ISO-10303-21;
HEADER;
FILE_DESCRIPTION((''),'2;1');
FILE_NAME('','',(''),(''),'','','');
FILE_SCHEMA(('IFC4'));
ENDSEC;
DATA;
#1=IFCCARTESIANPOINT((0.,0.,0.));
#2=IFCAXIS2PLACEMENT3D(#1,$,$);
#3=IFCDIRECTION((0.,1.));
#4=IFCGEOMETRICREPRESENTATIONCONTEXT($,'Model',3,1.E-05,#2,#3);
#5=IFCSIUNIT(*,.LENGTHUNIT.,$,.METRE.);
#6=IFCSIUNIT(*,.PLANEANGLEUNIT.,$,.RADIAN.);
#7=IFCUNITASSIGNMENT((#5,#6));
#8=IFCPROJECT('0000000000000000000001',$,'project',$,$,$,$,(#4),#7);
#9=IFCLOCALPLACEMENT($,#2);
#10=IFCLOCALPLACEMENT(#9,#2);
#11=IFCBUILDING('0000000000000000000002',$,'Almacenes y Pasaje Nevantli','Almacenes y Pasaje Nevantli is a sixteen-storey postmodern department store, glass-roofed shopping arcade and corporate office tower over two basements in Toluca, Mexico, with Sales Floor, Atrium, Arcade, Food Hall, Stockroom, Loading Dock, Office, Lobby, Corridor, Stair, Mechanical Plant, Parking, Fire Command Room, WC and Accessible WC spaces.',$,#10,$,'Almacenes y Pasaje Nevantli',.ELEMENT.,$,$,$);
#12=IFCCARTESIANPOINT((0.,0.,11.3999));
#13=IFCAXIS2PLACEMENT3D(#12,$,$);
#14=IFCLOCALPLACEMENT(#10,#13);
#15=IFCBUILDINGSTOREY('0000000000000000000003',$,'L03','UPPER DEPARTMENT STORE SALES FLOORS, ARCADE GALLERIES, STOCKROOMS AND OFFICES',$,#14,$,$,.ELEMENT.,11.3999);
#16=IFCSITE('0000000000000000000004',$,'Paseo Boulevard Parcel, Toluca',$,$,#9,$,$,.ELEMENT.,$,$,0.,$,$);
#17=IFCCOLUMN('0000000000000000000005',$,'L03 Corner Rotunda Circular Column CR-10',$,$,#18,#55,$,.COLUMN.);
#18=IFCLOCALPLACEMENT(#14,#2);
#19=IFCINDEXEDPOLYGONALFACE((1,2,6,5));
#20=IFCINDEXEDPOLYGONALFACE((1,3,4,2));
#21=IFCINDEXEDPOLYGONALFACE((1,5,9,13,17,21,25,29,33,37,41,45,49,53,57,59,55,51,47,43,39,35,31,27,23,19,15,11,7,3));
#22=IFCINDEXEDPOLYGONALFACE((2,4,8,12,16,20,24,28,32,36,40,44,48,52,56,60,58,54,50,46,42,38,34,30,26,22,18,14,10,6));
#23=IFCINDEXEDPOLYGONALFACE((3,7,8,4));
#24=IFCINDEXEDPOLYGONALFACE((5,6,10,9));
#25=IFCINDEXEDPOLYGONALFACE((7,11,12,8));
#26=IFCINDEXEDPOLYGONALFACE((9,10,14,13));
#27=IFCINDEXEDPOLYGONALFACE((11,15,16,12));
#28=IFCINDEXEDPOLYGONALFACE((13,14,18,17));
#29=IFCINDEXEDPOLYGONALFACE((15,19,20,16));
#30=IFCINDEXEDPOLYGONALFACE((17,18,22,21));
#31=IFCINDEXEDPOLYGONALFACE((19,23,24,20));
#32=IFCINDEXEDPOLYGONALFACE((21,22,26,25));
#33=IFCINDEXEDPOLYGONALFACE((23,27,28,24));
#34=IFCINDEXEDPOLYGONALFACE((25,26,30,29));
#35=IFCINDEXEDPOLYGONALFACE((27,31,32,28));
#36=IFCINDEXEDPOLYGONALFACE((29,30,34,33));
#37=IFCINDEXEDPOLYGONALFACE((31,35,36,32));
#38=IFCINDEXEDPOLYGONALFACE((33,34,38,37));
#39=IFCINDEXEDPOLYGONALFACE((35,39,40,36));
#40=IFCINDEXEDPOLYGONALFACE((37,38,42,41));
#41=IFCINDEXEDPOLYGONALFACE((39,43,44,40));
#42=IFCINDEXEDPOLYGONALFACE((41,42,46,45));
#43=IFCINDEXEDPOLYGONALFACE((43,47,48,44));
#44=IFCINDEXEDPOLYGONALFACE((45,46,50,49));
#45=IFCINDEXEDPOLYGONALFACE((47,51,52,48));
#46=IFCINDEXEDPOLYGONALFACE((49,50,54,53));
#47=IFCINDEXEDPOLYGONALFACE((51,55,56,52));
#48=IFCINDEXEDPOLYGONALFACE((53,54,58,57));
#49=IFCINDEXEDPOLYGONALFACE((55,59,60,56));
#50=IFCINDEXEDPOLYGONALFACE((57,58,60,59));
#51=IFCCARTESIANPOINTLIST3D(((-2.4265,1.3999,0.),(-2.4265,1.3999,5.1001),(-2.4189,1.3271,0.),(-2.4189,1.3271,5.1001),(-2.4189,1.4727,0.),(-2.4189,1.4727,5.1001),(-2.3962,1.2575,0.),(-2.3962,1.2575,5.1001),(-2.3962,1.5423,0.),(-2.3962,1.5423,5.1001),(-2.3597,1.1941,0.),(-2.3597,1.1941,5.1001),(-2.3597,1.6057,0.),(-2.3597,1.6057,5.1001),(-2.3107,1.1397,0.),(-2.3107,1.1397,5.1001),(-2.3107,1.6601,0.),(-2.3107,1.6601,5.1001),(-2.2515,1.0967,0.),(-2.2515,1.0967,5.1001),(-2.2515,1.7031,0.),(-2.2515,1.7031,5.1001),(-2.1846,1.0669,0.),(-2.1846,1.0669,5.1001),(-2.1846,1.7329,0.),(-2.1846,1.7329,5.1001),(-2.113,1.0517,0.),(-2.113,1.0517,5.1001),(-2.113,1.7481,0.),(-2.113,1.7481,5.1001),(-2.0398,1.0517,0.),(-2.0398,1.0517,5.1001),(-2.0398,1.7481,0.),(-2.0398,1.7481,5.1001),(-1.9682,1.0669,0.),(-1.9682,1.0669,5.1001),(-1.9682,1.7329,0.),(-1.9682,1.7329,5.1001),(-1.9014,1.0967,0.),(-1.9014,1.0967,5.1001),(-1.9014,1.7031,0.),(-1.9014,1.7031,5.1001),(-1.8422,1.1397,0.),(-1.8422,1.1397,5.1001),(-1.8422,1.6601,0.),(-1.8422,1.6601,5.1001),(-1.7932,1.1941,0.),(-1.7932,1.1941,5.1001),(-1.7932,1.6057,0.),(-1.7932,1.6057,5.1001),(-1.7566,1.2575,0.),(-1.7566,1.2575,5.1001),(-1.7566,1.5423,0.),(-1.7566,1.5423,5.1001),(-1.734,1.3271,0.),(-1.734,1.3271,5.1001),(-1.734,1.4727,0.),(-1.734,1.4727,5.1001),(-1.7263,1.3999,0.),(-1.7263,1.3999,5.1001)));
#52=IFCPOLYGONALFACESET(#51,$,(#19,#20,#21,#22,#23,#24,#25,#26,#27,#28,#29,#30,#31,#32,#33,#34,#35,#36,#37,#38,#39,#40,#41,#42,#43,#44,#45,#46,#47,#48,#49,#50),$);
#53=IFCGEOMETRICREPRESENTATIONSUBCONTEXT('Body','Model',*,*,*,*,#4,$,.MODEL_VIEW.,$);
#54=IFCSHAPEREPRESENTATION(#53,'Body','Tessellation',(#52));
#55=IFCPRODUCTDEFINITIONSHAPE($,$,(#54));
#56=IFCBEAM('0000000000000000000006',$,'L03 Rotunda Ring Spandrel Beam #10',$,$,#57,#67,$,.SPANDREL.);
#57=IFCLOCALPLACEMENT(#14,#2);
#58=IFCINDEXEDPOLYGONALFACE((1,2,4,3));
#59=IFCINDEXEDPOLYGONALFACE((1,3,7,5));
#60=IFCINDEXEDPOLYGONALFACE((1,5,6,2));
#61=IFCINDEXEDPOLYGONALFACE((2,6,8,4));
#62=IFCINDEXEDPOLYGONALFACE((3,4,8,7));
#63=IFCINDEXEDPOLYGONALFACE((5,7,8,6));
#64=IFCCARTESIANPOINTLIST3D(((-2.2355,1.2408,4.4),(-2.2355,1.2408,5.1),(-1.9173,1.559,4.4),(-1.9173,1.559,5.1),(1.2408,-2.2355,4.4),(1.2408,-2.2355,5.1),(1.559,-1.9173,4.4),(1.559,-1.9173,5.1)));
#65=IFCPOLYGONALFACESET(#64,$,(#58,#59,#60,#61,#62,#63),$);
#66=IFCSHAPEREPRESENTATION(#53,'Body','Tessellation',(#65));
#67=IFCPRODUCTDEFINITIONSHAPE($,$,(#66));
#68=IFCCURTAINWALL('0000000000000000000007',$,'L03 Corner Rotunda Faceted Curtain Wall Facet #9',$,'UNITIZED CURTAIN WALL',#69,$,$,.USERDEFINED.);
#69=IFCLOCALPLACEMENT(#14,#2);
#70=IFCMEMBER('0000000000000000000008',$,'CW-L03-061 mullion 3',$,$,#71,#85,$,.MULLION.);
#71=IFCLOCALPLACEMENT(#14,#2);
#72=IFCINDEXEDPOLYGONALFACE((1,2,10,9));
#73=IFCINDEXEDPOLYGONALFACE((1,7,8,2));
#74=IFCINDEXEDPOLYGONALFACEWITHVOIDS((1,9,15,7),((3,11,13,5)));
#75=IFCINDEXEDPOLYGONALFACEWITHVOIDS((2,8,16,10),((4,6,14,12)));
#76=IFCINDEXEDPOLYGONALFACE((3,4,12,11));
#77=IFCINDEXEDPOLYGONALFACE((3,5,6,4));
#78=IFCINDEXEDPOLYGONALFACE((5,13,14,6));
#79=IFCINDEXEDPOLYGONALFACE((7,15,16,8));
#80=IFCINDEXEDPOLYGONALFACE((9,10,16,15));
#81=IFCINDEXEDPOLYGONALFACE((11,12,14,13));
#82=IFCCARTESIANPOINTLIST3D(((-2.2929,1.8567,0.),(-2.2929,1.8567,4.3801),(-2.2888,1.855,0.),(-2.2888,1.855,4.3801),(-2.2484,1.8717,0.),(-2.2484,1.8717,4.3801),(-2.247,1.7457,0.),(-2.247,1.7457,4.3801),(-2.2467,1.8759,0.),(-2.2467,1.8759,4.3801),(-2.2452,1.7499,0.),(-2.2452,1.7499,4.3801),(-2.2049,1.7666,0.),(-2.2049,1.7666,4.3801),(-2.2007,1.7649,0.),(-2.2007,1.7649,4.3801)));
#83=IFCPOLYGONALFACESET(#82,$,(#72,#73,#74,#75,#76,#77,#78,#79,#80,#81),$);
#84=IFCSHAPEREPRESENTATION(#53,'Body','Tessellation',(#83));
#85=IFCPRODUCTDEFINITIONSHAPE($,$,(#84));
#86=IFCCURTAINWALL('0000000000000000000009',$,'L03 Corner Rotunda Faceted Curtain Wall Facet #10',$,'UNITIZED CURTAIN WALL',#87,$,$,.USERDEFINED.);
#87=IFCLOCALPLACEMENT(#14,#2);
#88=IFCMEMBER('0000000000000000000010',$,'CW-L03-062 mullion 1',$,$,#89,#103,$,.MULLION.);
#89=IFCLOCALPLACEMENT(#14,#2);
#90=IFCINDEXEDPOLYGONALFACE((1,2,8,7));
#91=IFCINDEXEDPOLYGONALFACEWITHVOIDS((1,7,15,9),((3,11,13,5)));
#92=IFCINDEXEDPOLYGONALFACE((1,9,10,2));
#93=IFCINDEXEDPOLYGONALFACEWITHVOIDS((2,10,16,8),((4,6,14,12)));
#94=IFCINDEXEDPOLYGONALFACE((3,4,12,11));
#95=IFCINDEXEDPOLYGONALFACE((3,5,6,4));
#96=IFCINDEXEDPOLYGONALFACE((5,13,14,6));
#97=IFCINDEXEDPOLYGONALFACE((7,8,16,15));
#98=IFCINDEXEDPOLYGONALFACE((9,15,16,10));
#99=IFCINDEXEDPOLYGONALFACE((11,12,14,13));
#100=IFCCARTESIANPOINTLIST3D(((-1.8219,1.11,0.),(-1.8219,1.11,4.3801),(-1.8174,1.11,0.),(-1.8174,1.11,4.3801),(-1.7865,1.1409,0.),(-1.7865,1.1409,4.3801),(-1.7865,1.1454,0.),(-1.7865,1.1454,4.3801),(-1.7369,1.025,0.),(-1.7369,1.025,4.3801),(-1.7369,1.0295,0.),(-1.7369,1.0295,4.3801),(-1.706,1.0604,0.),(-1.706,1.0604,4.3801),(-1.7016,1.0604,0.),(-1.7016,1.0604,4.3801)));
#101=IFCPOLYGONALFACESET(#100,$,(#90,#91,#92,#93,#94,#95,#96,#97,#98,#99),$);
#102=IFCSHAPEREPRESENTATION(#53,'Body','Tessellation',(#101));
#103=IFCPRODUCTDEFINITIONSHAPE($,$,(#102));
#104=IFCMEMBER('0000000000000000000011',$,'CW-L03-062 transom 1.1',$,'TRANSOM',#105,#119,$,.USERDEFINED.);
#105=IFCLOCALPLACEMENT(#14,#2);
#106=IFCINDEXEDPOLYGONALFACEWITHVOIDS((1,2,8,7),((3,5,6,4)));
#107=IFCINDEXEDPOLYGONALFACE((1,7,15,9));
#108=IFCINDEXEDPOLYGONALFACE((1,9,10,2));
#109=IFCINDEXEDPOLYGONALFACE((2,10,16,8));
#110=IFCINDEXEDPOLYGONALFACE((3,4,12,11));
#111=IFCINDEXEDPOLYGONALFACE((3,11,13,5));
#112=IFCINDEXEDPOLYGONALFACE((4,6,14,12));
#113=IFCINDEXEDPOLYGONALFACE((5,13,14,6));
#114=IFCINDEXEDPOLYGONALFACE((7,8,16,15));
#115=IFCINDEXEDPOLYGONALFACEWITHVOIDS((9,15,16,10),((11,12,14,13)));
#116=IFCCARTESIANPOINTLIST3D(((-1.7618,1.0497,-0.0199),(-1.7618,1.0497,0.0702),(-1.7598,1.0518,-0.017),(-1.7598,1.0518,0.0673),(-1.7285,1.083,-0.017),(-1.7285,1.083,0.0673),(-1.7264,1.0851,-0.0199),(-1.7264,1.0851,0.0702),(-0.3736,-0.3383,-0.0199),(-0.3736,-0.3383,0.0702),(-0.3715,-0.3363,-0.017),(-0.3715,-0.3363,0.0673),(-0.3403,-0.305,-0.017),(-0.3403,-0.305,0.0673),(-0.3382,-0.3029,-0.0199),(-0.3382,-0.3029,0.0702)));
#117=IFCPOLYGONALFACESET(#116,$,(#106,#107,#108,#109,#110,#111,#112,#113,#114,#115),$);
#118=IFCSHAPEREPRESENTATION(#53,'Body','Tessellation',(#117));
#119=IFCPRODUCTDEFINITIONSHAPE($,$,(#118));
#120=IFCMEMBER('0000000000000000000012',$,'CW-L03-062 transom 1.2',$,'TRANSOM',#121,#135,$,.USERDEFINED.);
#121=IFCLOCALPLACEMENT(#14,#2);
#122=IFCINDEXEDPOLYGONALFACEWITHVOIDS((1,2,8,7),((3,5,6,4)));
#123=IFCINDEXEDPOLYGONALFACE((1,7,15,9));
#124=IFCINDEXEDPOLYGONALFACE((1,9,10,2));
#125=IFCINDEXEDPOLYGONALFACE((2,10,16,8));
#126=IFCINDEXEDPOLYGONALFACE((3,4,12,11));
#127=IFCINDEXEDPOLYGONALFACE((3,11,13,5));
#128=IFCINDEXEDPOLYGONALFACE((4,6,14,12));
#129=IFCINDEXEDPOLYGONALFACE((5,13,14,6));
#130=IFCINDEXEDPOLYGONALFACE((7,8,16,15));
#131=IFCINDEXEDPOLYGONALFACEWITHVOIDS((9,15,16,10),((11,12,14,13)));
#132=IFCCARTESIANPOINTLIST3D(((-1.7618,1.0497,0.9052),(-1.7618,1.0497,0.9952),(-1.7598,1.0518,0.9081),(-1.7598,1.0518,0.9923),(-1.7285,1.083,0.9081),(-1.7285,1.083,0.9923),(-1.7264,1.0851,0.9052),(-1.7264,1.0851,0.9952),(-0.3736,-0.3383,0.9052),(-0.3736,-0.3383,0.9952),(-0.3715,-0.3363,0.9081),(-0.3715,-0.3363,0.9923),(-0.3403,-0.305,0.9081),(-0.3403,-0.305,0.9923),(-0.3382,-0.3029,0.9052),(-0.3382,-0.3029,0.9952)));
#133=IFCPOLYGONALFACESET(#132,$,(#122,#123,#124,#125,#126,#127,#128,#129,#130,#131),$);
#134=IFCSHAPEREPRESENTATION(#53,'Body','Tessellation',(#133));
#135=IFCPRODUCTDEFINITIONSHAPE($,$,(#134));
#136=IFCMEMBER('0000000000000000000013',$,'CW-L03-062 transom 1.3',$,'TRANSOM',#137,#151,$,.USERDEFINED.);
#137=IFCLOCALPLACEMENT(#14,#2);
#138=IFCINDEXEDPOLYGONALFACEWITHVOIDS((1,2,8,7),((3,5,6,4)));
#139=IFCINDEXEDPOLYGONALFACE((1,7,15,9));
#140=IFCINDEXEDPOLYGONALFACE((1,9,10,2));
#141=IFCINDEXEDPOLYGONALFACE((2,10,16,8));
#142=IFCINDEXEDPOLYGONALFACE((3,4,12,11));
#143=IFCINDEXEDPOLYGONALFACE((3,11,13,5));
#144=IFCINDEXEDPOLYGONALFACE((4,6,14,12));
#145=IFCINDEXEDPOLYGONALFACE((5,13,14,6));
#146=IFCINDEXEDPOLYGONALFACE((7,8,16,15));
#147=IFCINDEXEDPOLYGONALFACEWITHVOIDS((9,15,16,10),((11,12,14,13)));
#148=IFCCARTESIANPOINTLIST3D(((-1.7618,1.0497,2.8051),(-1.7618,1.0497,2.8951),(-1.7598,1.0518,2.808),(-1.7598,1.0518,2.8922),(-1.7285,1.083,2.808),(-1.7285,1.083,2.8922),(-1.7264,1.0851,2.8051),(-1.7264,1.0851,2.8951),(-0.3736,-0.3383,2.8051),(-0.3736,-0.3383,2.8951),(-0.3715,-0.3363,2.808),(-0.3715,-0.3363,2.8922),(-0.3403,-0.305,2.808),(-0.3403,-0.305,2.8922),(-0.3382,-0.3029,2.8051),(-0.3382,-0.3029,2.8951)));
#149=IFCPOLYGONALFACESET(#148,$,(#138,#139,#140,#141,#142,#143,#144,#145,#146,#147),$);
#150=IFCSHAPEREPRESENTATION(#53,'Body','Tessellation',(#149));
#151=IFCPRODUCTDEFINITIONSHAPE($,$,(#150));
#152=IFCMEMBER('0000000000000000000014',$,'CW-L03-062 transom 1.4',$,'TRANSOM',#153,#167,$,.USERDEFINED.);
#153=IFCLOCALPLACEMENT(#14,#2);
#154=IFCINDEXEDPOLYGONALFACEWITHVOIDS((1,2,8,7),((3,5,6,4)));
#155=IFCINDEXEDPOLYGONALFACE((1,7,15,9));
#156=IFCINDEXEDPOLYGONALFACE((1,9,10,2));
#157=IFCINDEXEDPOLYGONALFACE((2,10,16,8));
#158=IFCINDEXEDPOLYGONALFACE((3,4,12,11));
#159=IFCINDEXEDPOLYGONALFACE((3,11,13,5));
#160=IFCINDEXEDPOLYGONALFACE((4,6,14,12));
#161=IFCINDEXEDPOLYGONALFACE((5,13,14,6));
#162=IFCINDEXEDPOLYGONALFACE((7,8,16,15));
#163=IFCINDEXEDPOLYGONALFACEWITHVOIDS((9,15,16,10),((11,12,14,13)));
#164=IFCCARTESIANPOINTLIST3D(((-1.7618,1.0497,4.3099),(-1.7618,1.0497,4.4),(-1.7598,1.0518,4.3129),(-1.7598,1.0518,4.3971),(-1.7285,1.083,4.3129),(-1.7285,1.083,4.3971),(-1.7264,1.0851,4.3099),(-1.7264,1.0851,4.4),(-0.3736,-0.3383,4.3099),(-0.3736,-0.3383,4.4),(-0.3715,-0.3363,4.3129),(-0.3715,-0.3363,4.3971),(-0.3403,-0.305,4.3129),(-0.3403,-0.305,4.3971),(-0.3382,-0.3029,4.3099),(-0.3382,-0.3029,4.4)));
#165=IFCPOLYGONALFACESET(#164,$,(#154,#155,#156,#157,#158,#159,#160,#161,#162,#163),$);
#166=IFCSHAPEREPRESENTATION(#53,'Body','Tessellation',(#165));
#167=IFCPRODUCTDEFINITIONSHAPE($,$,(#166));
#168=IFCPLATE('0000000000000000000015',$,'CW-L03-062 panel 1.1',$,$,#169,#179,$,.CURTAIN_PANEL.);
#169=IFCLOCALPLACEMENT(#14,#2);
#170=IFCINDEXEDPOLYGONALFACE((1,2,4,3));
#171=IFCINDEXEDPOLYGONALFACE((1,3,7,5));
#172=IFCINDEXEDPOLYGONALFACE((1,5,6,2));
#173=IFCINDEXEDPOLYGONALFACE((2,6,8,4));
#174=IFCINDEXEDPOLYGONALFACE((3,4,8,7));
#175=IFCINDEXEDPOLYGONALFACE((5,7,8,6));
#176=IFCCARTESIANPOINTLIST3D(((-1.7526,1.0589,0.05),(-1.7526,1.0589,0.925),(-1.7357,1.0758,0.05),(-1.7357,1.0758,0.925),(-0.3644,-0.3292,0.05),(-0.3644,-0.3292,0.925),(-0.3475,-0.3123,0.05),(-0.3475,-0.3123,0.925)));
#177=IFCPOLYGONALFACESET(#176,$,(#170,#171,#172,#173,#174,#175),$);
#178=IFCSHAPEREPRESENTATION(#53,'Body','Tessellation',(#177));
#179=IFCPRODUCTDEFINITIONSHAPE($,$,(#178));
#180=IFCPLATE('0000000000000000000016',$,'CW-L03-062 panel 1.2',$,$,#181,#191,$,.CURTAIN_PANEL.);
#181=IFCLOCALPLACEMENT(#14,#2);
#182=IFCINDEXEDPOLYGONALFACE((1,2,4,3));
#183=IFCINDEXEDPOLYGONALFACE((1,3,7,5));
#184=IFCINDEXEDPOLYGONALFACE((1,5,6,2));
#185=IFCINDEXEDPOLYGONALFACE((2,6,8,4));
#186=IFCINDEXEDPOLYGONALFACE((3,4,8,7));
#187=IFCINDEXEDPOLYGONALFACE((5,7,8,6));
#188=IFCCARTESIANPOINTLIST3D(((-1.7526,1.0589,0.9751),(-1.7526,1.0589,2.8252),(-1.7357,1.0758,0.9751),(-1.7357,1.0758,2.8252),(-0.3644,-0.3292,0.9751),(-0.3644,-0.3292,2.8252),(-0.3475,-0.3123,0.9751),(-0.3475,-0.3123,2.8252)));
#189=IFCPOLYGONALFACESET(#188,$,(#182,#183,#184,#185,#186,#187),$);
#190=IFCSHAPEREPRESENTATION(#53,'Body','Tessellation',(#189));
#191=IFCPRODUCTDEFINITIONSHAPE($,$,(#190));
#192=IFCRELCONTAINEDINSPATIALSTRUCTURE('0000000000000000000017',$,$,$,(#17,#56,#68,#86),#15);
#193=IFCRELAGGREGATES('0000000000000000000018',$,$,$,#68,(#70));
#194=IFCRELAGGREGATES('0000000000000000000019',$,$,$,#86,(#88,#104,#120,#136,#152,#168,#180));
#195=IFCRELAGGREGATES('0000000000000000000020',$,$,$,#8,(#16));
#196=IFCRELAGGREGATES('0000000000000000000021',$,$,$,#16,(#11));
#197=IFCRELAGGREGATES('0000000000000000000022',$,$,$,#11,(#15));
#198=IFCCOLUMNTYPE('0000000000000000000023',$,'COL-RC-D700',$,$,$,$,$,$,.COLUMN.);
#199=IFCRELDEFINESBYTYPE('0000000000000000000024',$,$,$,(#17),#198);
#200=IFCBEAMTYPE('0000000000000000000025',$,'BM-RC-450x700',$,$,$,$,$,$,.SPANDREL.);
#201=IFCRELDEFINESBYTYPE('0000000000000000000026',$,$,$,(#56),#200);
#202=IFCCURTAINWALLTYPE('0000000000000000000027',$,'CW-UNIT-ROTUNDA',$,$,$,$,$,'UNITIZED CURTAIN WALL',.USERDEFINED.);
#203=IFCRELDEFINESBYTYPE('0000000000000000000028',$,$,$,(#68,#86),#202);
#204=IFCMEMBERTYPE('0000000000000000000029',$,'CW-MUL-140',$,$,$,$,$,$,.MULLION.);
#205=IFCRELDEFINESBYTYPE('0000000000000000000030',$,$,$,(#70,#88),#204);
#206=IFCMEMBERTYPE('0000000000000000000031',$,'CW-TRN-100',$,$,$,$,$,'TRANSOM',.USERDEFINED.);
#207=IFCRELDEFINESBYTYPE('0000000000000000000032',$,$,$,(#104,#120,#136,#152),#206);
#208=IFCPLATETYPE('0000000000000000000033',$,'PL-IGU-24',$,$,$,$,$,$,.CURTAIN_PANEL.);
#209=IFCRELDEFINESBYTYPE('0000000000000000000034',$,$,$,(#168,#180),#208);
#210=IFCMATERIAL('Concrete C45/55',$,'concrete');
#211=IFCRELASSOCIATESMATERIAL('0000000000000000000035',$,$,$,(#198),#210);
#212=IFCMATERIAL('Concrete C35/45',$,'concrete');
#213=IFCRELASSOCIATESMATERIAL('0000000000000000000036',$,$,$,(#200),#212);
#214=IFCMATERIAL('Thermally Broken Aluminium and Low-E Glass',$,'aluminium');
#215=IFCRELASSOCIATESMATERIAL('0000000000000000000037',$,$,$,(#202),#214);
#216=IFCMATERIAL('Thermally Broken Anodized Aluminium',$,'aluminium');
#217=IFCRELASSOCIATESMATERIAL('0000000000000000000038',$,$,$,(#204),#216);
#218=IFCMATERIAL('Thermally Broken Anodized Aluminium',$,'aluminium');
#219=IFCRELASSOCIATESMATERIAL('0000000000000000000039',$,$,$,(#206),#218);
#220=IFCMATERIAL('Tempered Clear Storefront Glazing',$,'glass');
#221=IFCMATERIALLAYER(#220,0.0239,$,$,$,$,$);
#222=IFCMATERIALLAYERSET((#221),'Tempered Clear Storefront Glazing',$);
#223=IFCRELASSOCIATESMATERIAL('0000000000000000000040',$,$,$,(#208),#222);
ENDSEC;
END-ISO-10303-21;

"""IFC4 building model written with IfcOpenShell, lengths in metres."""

from ifc_helpers import new_model, si_unit, direction, frame, origin, origin_2d, place, context, subcontext, project, spatial, rectangle, hollow_rectangle, circle, extrude, material, layer, layer_set, material_profile, profile_set, type_object, element, aggregate, save


model = new_model("IFC4")

# Units and contexts
model_context = context("Model", 3, precision=1e-05, world=origin(), true_north=direction((0.0, 1.0)))
body_context = subcontext(model_context, "Body", "Model", "MODEL_VIEW")
ifc_project = project(units=[si_unit("LENGTHUNIT", "METRE"), si_unit("PLANEANGLEUNIT", "RADIAN")], contexts=[model_context])

# Site, building, storey
site_placement = place(None, origin())
site = spatial("IfcSite", under=ifc_project, at=site_placement, Name="Paseo Boulevard Parcel, Toluca", CompositionType="ELEMENT", RefElevation=0.0)
building_placement = place(site_placement, origin())
building = spatial("IfcBuilding", under=site, at=building_placement, Name="Almacenes y Pasaje Nevantli", Description="Almacenes y Pasaje Nevantli is a sixteen-storey postmodern department store, glass-roofed shopping arcade and corporate office tower over two basements in Toluca, Mexico, with Sales Floor, Atrium, Arcade, Food Hall, Stockroom, Loading Dock, Office, Lobby, Corridor, Stair, Mechanical Plant, Parking, Fire Command Room, WC and Accessible WC spaces.", LongName="Almacenes y Pasaje Nevantli", CompositionType="ELEMENT")
storey_placement = place(building_placement, frame((0.0, 0.0, 11.3999)))
storey = spatial("IfcBuildingStorey", under=building, at=storey_placement, Name="L03", Description="UPPER DEPARTMENT STORE SALES FLOORS, ARCADE GALLERIES, STOCKROOMS AND OFFICES", CompositionType="ELEMENT", Elevation=11.3999)

# Column
ifc_material_1 = material(Name="Concrete C45/55", Category="concrete")
ifc_material_profile_1 = material_profile(ifc_material_1, circle(Radius=0.3501, at=origin_2d()), Name="RC-COL-D700")
ifc_profile_set_1 = profile_set([ifc_material_profile_1], Name="Concrete C45/55")
column_type = type_object("IfcColumnType", Name="COL-RC-D700", PredefinedType="COLUMN", material=ifc_profile_set_1)
column_placement = place(storey_placement, frame((-2.0764, 1.3999, 0.0), z_axis=(0.0, 0.0, 1.0), x_axis=(1.0, 0.0, 0.0)))
element("IfcColumn", 1, at=column_placement, inside=storey, type_object=column_type, Name="L03 Corner Rotunda Circular Column CR-10", PredefinedType="COLUMN", context=body_context, shape_type="SweptSolid", body=[
    extrude(circle(Radius=0.3501, at=origin_2d()), origin(), (0.0, 0.0, 1.0), 5.1001),
])

# Beam
ifc_material_2 = material(Name="Concrete C35/45", Category="concrete")
ifc_material_profile_2 = material_profile(ifc_material_2, rectangle(XDim=0.45, YDim=0.7, at=origin_2d()), Name="RC-BM-450x700")
ifc_profile_set_2 = profile_set([ifc_material_profile_2], Name="Concrete C35/45")
beam_type = type_object("IfcBeamType", Name="BM-RC-450x700", PredefinedType="SPANDREL", material=ifc_profile_set_2)
beam_placement = place(storey_placement, frame((-2.0764, 1.3999, 4.75), z_axis=(0.707107, -0.707107, 0.0), x_axis=(0.707107, 0.707107, 0.0)))
element("IfcBeam", 2, at=beam_placement, inside=storey, type_object=beam_type, Name="L03 Rotunda Ring Spandrel Beam #10", PredefinedType="SPANDREL", context=body_context, shape_type="SweptSolid", body=[
    extrude(rectangle(XDim=0.45, YDim=0.7, at=origin_2d()), origin(), (0.0, 0.0, 1.0), 4.9163),
])

# Curtain wall, member
ifc_material_3 = material(Name="Thermally Broken Aluminium and Low-E Glass", Category="aluminium")
curtain_wall_type = type_object("IfcCurtainWallType", Name="CW-UNIT-ROTUNDA", ElementType="UNITIZED CURTAIN WALL", PredefinedType="USERDEFINED", material=ifc_material_3)
curtain_wall_1_placement = place(storey_placement, origin())
curtain_wall_1 = element("IfcCurtainWall", 3, at=curtain_wall_1_placement, inside=storey, type_object=curtain_wall_type, Name="L03 Corner Rotunda Faceted Curtain Wall Facet #9", ObjectType="UNITIZED CURTAIN WALL", PredefinedType="USERDEFINED")
ifc_material_4 = material(Name="Thermally Broken Anodized Aluminium", Category="aluminium")
ifc_material_profile_3 = material_profile(ifc_material_4, hollow_rectangle(XDim=0.05, YDim=0.1201, WallThickness=0.0032, at=origin_2d()), Name="ALU-MUL-50x120")
ifc_profile_set_3 = profile_set([ifc_material_profile_3], Name="Thermally Broken Anodized Aluminium")
member_type_1 = type_object("IfcMemberType", Name="CW-MUL-140", PredefinedType="MULLION", material=ifc_profile_set_3)
member_1_placement = place(storey_placement, frame((-2.2468, 1.8108, 0.0), z_axis=(0.0, 0.0, 1.0), x_axis=(0.923873, 0.382698, 0.0)))
member_1 = element("IfcMember", 4, at=member_1_placement, type_object=member_type_1, Name="CW-L03-061 mullion 3", PredefinedType="MULLION", context=body_context, shape_type="SweptSolid", body=[
    extrude(hollow_rectangle(XDim=0.05, YDim=0.1201, WallThickness=0.0032, at=origin_2d()), origin(), (0.0, 0.0, 1.0), 4.3801),
])
aggregate(curtain_wall_1, [member_1])

# Curtain wall, members, plates
curtain_wall_2_placement = place(storey_placement, origin())
curtain_wall_2 = element("IfcCurtainWall", 5, at=curtain_wall_2_placement, inside=storey, type_object=curtain_wall_type, Name="L03 Corner Rotunda Faceted Curtain Wall Facet #10", ObjectType="UNITIZED CURTAIN WALL", PredefinedType="USERDEFINED")
member_2_placement = place(storey_placement, frame((-1.7617, 1.0852, 0.0), z_axis=(0.0, 0.0, 1.0), x_axis=(0.707107, 0.707107, 0.0)))
member_2 = element("IfcMember", 6, at=member_2_placement, type_object=member_type_1, Name="CW-L03-062 mullion 1", PredefinedType="MULLION", context=body_context, shape_type="SweptSolid", body=[
    extrude(hollow_rectangle(XDim=0.05, YDim=0.1201, WallThickness=0.0032, at=origin_2d()), origin(), (0.0, 0.0, 1.0), 4.3801),
])
ifc_material_5 = material(Name="Thermally Broken Anodized Aluminium", Category="aluminium")
ifc_material_profile_4 = material_profile(ifc_material_5, hollow_rectangle(XDim=0.05, YDim=0.0901, WallThickness=0.0029, at=origin_2d()), Name="ALU-TRN-50x90")
ifc_profile_set_4 = profile_set([ifc_material_profile_4], Name="Thermally Broken Anodized Aluminium")
member_type_2 = type_object("IfcMemberType", Name="CW-TRN-100", ElementType="TRANSOM", PredefinedType="USERDEFINED", material=ifc_profile_set_4)
member_3_placement = place(storey_placement, frame((-1.7441, 1.0674, 0.0251), z_axis=(0.707169, -0.707045, 0.0), x_axis=(0.707045, 0.707169, 0.0)))
member_3 = element("IfcMember", 7, at=member_3_placement, type_object=member_type_2, Name="CW-L03-062 transom 1.1", ObjectType="TRANSOM", PredefinedType="USERDEFINED", context=body_context, shape_type="SweptSolid", body=[
    extrude(hollow_rectangle(XDim=0.05, YDim=0.0901, WallThickness=0.0029, at=origin_2d()), origin(), (0.0, 0.0, 1.0), 1.9631),
])
member_4_placement = place(storey_placement, frame((-1.7441, 1.0674, 0.9502), z_axis=(0.707169, -0.707045, 0.0), x_axis=(0.707045, 0.707169, 0.0)))
member_4 = element("IfcMember", 8, at=member_4_placement, type_object=member_type_2, Name="CW-L03-062 transom 1.2", ObjectType="TRANSOM", PredefinedType="USERDEFINED", context=body_context, shape_type="SweptSolid", body=[
    extrude(hollow_rectangle(XDim=0.05, YDim=0.0901, WallThickness=0.0029, at=origin_2d()), origin(), (0.0, 0.0, 1.0), 1.9631),
])
member_5_placement = place(storey_placement, frame((-1.7441, 1.0674, 2.8501), z_axis=(0.707169, -0.707045, 0.0), x_axis=(0.707045, 0.707169, 0.0)))
member_5 = element("IfcMember", 9, at=member_5_placement, type_object=member_type_2, Name="CW-L03-062 transom 1.3", ObjectType="TRANSOM", PredefinedType="USERDEFINED", context=body_context, shape_type="SweptSolid", body=[
    extrude(hollow_rectangle(XDim=0.05, YDim=0.0901, WallThickness=0.0029, at=origin_2d()), origin(), (0.0, 0.0, 1.0), 1.9631),
])
member_6_placement = place(storey_placement, frame((-1.7441, 1.0674, 4.355), z_axis=(0.707169, -0.707045, 0.0), x_axis=(0.707045, 0.707169, 0.0)))
member_6 = element("IfcMember", 10, at=member_6_placement, type_object=member_type_2, Name="CW-L03-062 transom 1.4", ObjectType="TRANSOM", PredefinedType="USERDEFINED", context=body_context, shape_type="SweptSolid", body=[
    extrude(hollow_rectangle(XDim=0.05, YDim=0.0901, WallThickness=0.0029, at=origin_2d()), origin(), (0.0, 0.0, 1.0), 1.9631),
])
ifc_material_6 = material(Name="Tempered Clear Storefront Glazing", Category="glass")
ifc_layer_1 = layer(ifc_material_6, 0.0239)
ifc_layer_set_1 = layer_set([ifc_layer_1], Name="Tempered Clear Storefront Glazing")
plate_type = type_object("IfcPlateType", Name="PL-IGU-24", PredefinedType="CURTAIN_PANEL", material=ifc_layer_set_1)
plate_1_placement = place(storey_placement, frame((-1.05, 0.3733, 0.05), z_axis=(0.0, 0.0, 1.0), x_axis=(0.707107, -0.707107, 0.0)))
plate_1 = element("IfcPlate", 11, at=plate_1_placement, type_object=plate_type, Name="CW-L03-062 panel 1.1", PredefinedType="CURTAIN_PANEL", context=body_context, shape_type="SweptSolid", body=[
    extrude(rectangle(XDim=1.9631, YDim=0.0239, at=origin_2d()), origin(), (0.0, 0.0, 1.0), 0.875),
])
plate_2_placement = place(storey_placement, frame((-1.05, 0.3733, 0.9751), z_axis=(0.0, 0.0, 1.0), x_axis=(0.707107, -0.707107, 0.0)))
plate_2 = element("IfcPlate", 12, at=plate_2_placement, type_object=plate_type, Name="CW-L03-062 panel 1.2", PredefinedType="CURTAIN_PANEL", context=body_context, shape_type="SweptSolid", body=[
    extrude(rectangle(XDim=1.9631, YDim=0.0239, at=origin_2d()), origin(), (0.0, 0.0, 1.0), 1.8501),
])
aggregate(curtain_wall_2, [member_2, member_3, member_4, member_5, member_6, plate_1, plate_2])

save(model, "model.ifc")
